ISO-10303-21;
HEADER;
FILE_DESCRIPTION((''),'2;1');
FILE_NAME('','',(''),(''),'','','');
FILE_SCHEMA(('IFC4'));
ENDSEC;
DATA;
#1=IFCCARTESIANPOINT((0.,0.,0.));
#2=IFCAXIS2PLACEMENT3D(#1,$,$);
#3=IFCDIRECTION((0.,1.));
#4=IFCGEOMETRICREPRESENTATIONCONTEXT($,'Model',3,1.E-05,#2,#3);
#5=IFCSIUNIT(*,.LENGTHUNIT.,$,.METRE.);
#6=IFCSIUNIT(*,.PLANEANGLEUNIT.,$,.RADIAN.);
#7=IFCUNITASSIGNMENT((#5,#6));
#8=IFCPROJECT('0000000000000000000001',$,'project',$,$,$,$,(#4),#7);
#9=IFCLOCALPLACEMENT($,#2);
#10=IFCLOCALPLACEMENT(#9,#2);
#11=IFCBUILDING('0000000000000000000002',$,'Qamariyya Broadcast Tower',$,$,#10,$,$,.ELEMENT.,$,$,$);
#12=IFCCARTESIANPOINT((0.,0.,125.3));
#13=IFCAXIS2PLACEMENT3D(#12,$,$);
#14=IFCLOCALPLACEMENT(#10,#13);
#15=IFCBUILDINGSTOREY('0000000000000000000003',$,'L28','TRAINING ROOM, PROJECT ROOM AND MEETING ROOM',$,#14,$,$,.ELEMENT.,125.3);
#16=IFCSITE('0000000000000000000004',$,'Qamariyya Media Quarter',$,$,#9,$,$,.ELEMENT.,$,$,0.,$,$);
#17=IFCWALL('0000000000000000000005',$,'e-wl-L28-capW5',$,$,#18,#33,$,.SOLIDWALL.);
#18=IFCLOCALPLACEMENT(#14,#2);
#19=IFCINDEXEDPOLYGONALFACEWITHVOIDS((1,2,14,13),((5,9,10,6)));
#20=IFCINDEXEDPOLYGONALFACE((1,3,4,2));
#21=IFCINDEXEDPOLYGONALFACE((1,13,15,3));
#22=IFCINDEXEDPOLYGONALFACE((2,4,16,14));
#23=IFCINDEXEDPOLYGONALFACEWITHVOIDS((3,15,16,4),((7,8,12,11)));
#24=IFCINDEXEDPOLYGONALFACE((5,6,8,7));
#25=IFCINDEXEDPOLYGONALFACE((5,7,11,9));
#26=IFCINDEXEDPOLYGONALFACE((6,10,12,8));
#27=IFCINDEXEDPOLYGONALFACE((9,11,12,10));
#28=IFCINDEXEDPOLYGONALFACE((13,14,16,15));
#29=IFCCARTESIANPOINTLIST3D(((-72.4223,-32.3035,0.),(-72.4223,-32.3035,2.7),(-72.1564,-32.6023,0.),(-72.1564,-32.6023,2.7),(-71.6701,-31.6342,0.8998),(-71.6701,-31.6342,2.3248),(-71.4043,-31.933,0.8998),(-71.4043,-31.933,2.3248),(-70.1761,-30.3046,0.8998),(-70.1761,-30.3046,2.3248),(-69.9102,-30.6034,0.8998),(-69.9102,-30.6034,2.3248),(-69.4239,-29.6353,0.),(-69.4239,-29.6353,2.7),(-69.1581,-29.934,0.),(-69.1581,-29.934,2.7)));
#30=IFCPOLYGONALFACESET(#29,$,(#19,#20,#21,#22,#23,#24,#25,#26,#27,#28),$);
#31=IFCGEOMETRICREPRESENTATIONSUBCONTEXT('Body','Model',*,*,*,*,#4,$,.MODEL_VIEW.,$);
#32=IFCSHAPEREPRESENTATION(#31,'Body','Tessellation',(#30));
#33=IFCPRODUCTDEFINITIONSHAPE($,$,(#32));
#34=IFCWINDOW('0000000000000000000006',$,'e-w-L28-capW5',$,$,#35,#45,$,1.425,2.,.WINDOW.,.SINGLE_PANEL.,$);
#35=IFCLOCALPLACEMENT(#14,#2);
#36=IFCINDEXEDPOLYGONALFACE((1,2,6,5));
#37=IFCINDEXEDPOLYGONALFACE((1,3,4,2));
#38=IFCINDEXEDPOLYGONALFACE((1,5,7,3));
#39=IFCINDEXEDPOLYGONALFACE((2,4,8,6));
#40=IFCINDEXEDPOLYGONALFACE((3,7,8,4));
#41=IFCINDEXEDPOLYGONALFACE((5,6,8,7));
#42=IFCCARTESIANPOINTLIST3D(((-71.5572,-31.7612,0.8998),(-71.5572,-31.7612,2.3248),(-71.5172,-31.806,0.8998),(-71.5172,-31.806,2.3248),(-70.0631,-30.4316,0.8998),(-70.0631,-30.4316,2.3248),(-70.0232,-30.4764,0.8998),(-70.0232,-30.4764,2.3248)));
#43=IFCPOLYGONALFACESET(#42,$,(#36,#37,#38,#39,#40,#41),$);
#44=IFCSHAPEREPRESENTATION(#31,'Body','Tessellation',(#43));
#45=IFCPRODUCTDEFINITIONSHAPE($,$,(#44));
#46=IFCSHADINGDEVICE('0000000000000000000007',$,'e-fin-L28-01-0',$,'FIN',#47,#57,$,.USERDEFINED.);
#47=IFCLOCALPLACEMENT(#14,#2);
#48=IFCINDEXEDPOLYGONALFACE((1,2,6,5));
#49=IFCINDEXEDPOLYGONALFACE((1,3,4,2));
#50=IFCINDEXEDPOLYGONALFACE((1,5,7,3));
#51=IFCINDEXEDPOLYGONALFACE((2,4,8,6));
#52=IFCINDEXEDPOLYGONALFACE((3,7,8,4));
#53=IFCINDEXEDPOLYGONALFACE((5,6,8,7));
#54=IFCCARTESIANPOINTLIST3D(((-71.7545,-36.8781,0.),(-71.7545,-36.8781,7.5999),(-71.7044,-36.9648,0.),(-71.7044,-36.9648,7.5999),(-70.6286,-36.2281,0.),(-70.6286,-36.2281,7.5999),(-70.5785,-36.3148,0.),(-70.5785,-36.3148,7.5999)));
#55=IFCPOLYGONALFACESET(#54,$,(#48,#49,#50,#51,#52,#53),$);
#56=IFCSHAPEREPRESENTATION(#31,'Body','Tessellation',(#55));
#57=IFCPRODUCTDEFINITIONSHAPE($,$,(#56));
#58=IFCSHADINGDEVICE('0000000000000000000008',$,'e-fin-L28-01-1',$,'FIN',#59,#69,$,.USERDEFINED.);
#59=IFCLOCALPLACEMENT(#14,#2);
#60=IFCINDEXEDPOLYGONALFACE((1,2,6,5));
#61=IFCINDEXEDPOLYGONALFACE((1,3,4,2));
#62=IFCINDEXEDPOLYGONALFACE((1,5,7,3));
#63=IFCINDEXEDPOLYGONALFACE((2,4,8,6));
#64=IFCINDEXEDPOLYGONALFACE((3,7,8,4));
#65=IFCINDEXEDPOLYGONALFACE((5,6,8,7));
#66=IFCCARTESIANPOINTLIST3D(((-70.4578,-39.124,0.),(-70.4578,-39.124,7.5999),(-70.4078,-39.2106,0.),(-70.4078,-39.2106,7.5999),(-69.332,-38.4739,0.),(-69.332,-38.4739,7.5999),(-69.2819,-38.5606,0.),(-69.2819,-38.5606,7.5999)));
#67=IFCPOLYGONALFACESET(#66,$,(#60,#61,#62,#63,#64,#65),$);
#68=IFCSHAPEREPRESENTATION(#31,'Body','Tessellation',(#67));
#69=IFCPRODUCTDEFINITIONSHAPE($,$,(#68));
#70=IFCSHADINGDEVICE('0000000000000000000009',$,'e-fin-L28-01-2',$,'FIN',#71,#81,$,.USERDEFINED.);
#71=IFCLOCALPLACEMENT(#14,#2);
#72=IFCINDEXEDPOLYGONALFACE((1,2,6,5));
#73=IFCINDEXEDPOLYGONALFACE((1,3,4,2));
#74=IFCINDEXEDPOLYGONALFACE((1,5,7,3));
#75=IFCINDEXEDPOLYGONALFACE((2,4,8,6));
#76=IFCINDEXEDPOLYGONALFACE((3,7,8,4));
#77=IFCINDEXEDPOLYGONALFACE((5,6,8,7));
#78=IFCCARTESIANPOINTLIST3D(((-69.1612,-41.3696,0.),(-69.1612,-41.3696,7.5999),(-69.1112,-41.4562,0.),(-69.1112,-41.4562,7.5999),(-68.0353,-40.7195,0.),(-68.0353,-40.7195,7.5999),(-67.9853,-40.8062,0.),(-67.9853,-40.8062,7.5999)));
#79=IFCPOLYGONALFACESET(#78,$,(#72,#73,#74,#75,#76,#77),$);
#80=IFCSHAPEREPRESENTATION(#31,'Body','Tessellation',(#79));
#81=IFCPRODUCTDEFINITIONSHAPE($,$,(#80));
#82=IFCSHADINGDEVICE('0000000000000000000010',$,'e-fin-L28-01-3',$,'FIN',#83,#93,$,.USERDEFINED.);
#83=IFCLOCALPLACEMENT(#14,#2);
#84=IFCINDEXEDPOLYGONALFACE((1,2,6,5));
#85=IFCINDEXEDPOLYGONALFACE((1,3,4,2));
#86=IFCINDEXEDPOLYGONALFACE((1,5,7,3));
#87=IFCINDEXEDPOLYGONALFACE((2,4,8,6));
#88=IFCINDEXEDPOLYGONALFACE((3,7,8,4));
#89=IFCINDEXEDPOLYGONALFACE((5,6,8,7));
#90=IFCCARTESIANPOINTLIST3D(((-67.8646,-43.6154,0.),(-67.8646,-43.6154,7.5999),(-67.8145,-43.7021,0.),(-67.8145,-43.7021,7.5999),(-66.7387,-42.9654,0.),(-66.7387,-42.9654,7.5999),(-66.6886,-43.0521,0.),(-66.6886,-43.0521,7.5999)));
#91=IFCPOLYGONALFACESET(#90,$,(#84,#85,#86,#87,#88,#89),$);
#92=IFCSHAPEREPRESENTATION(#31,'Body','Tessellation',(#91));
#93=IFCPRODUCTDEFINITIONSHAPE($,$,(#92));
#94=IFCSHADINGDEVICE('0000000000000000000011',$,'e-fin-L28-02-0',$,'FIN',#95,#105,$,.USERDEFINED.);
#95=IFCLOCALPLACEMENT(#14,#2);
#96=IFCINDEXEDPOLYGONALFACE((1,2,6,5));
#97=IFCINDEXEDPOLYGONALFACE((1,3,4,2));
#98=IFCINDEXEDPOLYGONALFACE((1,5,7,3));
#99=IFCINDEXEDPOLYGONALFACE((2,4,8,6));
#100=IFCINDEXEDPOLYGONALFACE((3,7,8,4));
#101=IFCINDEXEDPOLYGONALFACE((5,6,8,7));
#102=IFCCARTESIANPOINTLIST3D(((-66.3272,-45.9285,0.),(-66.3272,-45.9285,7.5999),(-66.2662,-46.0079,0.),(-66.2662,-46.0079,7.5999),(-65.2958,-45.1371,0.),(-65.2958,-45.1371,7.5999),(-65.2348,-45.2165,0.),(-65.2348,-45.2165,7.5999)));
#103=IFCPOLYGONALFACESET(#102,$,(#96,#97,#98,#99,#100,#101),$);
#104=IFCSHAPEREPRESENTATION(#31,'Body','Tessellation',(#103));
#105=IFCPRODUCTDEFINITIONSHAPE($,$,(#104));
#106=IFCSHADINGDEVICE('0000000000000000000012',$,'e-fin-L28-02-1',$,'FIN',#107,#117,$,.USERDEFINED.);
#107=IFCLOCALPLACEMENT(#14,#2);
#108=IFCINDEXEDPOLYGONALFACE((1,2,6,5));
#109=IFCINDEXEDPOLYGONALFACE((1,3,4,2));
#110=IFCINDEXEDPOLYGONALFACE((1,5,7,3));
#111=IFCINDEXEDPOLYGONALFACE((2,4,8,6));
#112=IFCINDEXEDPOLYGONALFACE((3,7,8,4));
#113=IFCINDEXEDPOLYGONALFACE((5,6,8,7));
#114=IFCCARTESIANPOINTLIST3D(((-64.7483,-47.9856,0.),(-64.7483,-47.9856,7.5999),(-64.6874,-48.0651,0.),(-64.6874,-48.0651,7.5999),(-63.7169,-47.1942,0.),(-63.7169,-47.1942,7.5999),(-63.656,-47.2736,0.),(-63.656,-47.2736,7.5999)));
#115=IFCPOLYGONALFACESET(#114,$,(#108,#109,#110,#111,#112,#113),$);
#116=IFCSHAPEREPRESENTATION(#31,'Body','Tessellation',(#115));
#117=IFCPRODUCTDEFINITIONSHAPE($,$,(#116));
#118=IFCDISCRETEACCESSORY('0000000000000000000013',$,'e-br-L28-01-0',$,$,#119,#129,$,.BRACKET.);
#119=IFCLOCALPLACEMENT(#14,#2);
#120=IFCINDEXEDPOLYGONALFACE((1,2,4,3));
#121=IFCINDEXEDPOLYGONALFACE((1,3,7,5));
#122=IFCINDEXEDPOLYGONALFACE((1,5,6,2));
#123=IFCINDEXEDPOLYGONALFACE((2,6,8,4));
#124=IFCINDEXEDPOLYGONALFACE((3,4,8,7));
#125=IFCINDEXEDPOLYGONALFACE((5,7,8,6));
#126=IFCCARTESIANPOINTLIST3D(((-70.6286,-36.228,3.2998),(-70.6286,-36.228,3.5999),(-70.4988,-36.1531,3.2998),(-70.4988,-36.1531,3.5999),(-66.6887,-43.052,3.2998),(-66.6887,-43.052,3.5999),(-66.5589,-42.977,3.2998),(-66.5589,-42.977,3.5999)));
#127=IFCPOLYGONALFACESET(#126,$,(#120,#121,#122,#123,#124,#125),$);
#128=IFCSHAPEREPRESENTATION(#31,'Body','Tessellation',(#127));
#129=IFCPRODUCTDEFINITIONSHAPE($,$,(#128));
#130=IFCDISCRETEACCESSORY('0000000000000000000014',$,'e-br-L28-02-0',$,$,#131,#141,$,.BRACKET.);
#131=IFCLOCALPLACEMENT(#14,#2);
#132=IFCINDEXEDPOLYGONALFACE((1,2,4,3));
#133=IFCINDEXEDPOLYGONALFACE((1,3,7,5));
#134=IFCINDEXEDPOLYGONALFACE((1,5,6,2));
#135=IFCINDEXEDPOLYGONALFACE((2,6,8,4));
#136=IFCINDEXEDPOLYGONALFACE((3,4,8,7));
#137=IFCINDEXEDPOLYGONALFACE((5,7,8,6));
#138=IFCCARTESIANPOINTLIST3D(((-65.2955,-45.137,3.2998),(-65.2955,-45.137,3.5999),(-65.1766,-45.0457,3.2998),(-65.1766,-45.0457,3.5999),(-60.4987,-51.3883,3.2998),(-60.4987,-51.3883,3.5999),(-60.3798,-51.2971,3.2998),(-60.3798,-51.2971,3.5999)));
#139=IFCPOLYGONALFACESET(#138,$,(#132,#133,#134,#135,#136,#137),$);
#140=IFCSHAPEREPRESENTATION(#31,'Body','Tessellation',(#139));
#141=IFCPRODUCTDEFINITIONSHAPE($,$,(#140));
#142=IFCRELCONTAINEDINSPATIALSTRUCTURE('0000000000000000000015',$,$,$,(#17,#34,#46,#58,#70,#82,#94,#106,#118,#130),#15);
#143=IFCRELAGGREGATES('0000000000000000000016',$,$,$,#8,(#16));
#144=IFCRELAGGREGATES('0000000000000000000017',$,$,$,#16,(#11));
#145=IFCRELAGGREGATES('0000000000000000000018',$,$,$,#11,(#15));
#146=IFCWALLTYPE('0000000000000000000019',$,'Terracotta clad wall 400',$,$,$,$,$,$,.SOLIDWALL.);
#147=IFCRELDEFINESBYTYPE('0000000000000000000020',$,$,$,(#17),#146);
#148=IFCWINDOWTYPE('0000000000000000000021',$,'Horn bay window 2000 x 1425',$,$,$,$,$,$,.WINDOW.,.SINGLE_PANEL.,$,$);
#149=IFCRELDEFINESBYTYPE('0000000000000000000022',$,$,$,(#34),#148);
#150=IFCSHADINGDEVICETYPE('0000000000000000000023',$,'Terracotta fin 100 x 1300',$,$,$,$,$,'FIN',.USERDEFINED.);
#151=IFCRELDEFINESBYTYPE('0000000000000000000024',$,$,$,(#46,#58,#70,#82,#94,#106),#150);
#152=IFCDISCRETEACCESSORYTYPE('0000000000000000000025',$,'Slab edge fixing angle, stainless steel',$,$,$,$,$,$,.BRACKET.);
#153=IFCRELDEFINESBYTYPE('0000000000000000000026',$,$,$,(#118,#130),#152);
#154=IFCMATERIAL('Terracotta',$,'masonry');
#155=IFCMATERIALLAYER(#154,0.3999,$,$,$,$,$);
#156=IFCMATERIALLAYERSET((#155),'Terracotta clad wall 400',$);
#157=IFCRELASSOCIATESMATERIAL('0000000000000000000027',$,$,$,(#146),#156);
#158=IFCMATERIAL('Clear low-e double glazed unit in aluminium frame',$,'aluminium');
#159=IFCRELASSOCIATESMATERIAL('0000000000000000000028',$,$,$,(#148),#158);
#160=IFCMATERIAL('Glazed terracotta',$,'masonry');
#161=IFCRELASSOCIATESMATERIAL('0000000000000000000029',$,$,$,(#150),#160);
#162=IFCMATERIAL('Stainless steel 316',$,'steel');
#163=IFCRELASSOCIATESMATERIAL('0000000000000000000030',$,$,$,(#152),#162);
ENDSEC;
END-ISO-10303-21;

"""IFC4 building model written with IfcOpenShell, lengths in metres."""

from ifc_helpers import new_model, si_unit, direction, frame, frame_2d, origin, origin_2d, place, context, subcontext, project, spatial, rectangle, extrude, material, layer, layer_set, material_profile, profile_set, type_object, element, fill, save


model = new_model("IFC4")

# Units and contexts
model_context = context("Model", 3, precision=1e-05, world=origin(), true_north=direction((0.0, 1.0)))
body_context = subcontext(model_context, "Body", "Model", "MODEL_VIEW")
ifc_project = project(units=[si_unit("LENGTHUNIT", "METRE"), si_unit("PLANEANGLEUNIT", "RADIAN")], contexts=[model_context])

# Site, building, storey
site_placement = place(None, origin())
site = spatial("IfcSite", under=ifc_project, at=site_placement, Name="Qamariyya Media Quarter", CompositionType="ELEMENT", RefElevation=0.0)
building_placement = place(site_placement, origin())
building = spatial("IfcBuilding", under=site, at=building_placement, Name="Qamariyya Broadcast Tower", CompositionType="ELEMENT")
storey_placement = place(building_placement, frame((0.0, 0.0, 125.3)))
storey = spatial("IfcBuildingStorey", under=building, at=storey_placement, Name="L28", Description="TRAINING ROOM, PROJECT ROOM AND MEETING ROOM", CompositionType="ELEMENT", Elevation=125.3)

# Wall, opening, window
ifc_material_1 = material(Name="Terracotta", Category="masonry")
ifc_layer = layer(ifc_material_1, 0.3999)
ifc_layer_set = layer_set([ifc_layer], Name="Terracotta clad wall 400")
wall_type = type_object("IfcWallType", Name="Terracotta clad wall 400", PredefinedType="SOLIDWALL", material=ifc_layer_set)
ifc_material_2 = material(Name="Clear low-e double glazed unit in aluminium frame", Category="aluminium")
window_type = type_object("IfcWindowType", Name="Horn bay window 2000 x 1425", PartitioningType="SINGLE_PANEL", PredefinedType="WINDOW", material=ifc_material_2)
wall_1_placement = place(storey_placement, frame((-69.291, -29.7847, 0.0), z_axis=(0.0, 0.0, 1.0), x_axis=(-0.74703, -0.66479, 0.0)))
wall_1 = element("IfcWall", 1, at=wall_1_placement, inside=storey, type_object=wall_type, Name="e-wl-L28-capW5", PredefinedType="SOLIDWALL", context=body_context, shape_type="SweptSolid", body=[
    extrude(rectangle(XDim=4.0137, YDim=0.3999, at=frame_2d((2.0068, 0.0))), origin(), (0.0, 0.0, 1.0), 2.7),
])
opening_1_placement = place(wall_1_placement, frame((1.0068, 0.0, 0.8999)))
opening_1 = element("IfcOpeningElement", 2, at=opening_1_placement, cuts=wall_1, PredefinedType="OPENING", context=body_context, shape_type="SweptSolid", body=[
    extrude(rectangle(XDim=2.0, YDim=1.425, at=frame_2d((1.0, 0.7124))), frame((0.0, 0.21, 0.0), z_axis=(0.0, -1.0, 0.0), x_axis=(1.0, 0.0, 0.0)), (0.0, 0.0, 1.0), 0.4199),
])
window_1_placement = place(opening_1_placement, origin())
window_1 = element("IfcWindow", 3, at=window_1_placement, inside=storey, type_object=window_type, Name="e-w-L28-capW5", OverallHeight=1.425, OverallWidth=2.0, PartitioningType="SINGLE_PANEL", PredefinedType="WINDOW", context=body_context, shape_type="SweptSolid", body=[
    extrude(rectangle(XDim=2.0, YDim=1.425, at=frame_2d((1.0, 0.7124))), frame((0.0, 0.03, 0.0), z_axis=(0.0, -1.0, 0.0), x_axis=(1.0, 0.0, 0.0)), (0.0, 0.0, 1.0), 0.0601),
])
fill(opening_1, window_1)

# Shading devices
ifc_material_3 = material(Name="Glazed terracotta", Category="masonry")
ifc_material_profile_1 = material_profile(ifc_material_3, rectangle(XDim=1.3, YDim=0.1001, at=origin_2d()))
ifc_profile_set_1 = profile_set([ifc_material_profile_1], Name="Glazed terracotta")
shading_device_type_1 = type_object("IfcShadingDeviceType", Name="Terracotta fin 100 x 1300", ElementType="FIN", PredefinedType="USERDEFINED", material=ifc_profile_set_1)
for number, where, z_axis, x_axis, name in (
    (4, (-71.1665, -36.5964, 0.0), (0.0, 0.0, 1.0), (-0.866025, -0.5, 0.0), "e-fin-L28-01-0"),
    (5, (-69.8699, -38.8423, 0.0), (0.0, 0.0, 1.0), (-0.866025, -0.5, 0.0), "e-fin-L28-01-1"),
    (6, (-68.5732, -41.0879, 0.0), (0.0, 0.0, 1.0), (-0.866025, -0.5, 0.0), "e-fin-L28-01-2"),
    (7, (-67.2766, -43.3337, 0.0), (0.0, 0.0, 1.0), (-0.866025, -0.5, 0.0), "e-fin-L28-01-3"),
    (8, (-65.781, -45.5725, 0.0), (0.0, 0.0, 1.0), (-0.793353, -0.608761, 0.0), "e-fin-L28-02-0"),
    (9, (-64.2021, -47.6296, 0.0), (0.0, 0.0, 1.0), (-0.793353, -0.608761, 0.0), "e-fin-L28-02-1"),
):
    element("IfcShadingDevice", number, at=place(storey_placement, frame(where, z_axis=z_axis, x_axis=x_axis)), inside=storey, type_object=shading_device_type_1, Name=name, ObjectType="FIN", PredefinedType="USERDEFINED", context=body_context, shape_type="SweptSolid", body=[
        extrude(rectangle(XDim=1.3, YDim=0.1001, at=origin_2d()), origin(), (0.0, 0.0, 1.0), 7.5999),
    ])

# Discrete accessories
ifc_material_4 = material(Name="Stainless steel 316", Category="steel")
discrete_accessory_type = type_object("IfcDiscreteAccessoryType", Name="Slab edge fixing angle, stainless steel", PredefinedType="BRACKET", material=ifc_material_4)
for number, where, z_axis, x_axis, name in (
    (10, (-68.5938, -39.6025, 3.2998), (0.0, 0.0, 1.0), (0.5, -0.866025, 0.0), "e-br-L28-01-0"),
    (11, (-62.8376, -48.217, 3.2998), (0.0, 0.0, 1.0), (0.608761, -0.793353, 0.0), "e-br-L28-02-0"),
):
    element("IfcDiscreteAccessory", number, at=place(storey_placement, frame(where, z_axis=z_axis, x_axis=x_axis)), inside=storey, type_object=discrete_accessory_type, Name=name, PredefinedType="BRACKET", context=body_context, shape_type="SweptSolid", body=[
        extrude(rectangle(XDim=7.8796, YDim=0.1499, at=origin_2d()), origin(), (0.0, 0.0, 1.0), 0.3),
    ])

save(model, "model.ifc")
